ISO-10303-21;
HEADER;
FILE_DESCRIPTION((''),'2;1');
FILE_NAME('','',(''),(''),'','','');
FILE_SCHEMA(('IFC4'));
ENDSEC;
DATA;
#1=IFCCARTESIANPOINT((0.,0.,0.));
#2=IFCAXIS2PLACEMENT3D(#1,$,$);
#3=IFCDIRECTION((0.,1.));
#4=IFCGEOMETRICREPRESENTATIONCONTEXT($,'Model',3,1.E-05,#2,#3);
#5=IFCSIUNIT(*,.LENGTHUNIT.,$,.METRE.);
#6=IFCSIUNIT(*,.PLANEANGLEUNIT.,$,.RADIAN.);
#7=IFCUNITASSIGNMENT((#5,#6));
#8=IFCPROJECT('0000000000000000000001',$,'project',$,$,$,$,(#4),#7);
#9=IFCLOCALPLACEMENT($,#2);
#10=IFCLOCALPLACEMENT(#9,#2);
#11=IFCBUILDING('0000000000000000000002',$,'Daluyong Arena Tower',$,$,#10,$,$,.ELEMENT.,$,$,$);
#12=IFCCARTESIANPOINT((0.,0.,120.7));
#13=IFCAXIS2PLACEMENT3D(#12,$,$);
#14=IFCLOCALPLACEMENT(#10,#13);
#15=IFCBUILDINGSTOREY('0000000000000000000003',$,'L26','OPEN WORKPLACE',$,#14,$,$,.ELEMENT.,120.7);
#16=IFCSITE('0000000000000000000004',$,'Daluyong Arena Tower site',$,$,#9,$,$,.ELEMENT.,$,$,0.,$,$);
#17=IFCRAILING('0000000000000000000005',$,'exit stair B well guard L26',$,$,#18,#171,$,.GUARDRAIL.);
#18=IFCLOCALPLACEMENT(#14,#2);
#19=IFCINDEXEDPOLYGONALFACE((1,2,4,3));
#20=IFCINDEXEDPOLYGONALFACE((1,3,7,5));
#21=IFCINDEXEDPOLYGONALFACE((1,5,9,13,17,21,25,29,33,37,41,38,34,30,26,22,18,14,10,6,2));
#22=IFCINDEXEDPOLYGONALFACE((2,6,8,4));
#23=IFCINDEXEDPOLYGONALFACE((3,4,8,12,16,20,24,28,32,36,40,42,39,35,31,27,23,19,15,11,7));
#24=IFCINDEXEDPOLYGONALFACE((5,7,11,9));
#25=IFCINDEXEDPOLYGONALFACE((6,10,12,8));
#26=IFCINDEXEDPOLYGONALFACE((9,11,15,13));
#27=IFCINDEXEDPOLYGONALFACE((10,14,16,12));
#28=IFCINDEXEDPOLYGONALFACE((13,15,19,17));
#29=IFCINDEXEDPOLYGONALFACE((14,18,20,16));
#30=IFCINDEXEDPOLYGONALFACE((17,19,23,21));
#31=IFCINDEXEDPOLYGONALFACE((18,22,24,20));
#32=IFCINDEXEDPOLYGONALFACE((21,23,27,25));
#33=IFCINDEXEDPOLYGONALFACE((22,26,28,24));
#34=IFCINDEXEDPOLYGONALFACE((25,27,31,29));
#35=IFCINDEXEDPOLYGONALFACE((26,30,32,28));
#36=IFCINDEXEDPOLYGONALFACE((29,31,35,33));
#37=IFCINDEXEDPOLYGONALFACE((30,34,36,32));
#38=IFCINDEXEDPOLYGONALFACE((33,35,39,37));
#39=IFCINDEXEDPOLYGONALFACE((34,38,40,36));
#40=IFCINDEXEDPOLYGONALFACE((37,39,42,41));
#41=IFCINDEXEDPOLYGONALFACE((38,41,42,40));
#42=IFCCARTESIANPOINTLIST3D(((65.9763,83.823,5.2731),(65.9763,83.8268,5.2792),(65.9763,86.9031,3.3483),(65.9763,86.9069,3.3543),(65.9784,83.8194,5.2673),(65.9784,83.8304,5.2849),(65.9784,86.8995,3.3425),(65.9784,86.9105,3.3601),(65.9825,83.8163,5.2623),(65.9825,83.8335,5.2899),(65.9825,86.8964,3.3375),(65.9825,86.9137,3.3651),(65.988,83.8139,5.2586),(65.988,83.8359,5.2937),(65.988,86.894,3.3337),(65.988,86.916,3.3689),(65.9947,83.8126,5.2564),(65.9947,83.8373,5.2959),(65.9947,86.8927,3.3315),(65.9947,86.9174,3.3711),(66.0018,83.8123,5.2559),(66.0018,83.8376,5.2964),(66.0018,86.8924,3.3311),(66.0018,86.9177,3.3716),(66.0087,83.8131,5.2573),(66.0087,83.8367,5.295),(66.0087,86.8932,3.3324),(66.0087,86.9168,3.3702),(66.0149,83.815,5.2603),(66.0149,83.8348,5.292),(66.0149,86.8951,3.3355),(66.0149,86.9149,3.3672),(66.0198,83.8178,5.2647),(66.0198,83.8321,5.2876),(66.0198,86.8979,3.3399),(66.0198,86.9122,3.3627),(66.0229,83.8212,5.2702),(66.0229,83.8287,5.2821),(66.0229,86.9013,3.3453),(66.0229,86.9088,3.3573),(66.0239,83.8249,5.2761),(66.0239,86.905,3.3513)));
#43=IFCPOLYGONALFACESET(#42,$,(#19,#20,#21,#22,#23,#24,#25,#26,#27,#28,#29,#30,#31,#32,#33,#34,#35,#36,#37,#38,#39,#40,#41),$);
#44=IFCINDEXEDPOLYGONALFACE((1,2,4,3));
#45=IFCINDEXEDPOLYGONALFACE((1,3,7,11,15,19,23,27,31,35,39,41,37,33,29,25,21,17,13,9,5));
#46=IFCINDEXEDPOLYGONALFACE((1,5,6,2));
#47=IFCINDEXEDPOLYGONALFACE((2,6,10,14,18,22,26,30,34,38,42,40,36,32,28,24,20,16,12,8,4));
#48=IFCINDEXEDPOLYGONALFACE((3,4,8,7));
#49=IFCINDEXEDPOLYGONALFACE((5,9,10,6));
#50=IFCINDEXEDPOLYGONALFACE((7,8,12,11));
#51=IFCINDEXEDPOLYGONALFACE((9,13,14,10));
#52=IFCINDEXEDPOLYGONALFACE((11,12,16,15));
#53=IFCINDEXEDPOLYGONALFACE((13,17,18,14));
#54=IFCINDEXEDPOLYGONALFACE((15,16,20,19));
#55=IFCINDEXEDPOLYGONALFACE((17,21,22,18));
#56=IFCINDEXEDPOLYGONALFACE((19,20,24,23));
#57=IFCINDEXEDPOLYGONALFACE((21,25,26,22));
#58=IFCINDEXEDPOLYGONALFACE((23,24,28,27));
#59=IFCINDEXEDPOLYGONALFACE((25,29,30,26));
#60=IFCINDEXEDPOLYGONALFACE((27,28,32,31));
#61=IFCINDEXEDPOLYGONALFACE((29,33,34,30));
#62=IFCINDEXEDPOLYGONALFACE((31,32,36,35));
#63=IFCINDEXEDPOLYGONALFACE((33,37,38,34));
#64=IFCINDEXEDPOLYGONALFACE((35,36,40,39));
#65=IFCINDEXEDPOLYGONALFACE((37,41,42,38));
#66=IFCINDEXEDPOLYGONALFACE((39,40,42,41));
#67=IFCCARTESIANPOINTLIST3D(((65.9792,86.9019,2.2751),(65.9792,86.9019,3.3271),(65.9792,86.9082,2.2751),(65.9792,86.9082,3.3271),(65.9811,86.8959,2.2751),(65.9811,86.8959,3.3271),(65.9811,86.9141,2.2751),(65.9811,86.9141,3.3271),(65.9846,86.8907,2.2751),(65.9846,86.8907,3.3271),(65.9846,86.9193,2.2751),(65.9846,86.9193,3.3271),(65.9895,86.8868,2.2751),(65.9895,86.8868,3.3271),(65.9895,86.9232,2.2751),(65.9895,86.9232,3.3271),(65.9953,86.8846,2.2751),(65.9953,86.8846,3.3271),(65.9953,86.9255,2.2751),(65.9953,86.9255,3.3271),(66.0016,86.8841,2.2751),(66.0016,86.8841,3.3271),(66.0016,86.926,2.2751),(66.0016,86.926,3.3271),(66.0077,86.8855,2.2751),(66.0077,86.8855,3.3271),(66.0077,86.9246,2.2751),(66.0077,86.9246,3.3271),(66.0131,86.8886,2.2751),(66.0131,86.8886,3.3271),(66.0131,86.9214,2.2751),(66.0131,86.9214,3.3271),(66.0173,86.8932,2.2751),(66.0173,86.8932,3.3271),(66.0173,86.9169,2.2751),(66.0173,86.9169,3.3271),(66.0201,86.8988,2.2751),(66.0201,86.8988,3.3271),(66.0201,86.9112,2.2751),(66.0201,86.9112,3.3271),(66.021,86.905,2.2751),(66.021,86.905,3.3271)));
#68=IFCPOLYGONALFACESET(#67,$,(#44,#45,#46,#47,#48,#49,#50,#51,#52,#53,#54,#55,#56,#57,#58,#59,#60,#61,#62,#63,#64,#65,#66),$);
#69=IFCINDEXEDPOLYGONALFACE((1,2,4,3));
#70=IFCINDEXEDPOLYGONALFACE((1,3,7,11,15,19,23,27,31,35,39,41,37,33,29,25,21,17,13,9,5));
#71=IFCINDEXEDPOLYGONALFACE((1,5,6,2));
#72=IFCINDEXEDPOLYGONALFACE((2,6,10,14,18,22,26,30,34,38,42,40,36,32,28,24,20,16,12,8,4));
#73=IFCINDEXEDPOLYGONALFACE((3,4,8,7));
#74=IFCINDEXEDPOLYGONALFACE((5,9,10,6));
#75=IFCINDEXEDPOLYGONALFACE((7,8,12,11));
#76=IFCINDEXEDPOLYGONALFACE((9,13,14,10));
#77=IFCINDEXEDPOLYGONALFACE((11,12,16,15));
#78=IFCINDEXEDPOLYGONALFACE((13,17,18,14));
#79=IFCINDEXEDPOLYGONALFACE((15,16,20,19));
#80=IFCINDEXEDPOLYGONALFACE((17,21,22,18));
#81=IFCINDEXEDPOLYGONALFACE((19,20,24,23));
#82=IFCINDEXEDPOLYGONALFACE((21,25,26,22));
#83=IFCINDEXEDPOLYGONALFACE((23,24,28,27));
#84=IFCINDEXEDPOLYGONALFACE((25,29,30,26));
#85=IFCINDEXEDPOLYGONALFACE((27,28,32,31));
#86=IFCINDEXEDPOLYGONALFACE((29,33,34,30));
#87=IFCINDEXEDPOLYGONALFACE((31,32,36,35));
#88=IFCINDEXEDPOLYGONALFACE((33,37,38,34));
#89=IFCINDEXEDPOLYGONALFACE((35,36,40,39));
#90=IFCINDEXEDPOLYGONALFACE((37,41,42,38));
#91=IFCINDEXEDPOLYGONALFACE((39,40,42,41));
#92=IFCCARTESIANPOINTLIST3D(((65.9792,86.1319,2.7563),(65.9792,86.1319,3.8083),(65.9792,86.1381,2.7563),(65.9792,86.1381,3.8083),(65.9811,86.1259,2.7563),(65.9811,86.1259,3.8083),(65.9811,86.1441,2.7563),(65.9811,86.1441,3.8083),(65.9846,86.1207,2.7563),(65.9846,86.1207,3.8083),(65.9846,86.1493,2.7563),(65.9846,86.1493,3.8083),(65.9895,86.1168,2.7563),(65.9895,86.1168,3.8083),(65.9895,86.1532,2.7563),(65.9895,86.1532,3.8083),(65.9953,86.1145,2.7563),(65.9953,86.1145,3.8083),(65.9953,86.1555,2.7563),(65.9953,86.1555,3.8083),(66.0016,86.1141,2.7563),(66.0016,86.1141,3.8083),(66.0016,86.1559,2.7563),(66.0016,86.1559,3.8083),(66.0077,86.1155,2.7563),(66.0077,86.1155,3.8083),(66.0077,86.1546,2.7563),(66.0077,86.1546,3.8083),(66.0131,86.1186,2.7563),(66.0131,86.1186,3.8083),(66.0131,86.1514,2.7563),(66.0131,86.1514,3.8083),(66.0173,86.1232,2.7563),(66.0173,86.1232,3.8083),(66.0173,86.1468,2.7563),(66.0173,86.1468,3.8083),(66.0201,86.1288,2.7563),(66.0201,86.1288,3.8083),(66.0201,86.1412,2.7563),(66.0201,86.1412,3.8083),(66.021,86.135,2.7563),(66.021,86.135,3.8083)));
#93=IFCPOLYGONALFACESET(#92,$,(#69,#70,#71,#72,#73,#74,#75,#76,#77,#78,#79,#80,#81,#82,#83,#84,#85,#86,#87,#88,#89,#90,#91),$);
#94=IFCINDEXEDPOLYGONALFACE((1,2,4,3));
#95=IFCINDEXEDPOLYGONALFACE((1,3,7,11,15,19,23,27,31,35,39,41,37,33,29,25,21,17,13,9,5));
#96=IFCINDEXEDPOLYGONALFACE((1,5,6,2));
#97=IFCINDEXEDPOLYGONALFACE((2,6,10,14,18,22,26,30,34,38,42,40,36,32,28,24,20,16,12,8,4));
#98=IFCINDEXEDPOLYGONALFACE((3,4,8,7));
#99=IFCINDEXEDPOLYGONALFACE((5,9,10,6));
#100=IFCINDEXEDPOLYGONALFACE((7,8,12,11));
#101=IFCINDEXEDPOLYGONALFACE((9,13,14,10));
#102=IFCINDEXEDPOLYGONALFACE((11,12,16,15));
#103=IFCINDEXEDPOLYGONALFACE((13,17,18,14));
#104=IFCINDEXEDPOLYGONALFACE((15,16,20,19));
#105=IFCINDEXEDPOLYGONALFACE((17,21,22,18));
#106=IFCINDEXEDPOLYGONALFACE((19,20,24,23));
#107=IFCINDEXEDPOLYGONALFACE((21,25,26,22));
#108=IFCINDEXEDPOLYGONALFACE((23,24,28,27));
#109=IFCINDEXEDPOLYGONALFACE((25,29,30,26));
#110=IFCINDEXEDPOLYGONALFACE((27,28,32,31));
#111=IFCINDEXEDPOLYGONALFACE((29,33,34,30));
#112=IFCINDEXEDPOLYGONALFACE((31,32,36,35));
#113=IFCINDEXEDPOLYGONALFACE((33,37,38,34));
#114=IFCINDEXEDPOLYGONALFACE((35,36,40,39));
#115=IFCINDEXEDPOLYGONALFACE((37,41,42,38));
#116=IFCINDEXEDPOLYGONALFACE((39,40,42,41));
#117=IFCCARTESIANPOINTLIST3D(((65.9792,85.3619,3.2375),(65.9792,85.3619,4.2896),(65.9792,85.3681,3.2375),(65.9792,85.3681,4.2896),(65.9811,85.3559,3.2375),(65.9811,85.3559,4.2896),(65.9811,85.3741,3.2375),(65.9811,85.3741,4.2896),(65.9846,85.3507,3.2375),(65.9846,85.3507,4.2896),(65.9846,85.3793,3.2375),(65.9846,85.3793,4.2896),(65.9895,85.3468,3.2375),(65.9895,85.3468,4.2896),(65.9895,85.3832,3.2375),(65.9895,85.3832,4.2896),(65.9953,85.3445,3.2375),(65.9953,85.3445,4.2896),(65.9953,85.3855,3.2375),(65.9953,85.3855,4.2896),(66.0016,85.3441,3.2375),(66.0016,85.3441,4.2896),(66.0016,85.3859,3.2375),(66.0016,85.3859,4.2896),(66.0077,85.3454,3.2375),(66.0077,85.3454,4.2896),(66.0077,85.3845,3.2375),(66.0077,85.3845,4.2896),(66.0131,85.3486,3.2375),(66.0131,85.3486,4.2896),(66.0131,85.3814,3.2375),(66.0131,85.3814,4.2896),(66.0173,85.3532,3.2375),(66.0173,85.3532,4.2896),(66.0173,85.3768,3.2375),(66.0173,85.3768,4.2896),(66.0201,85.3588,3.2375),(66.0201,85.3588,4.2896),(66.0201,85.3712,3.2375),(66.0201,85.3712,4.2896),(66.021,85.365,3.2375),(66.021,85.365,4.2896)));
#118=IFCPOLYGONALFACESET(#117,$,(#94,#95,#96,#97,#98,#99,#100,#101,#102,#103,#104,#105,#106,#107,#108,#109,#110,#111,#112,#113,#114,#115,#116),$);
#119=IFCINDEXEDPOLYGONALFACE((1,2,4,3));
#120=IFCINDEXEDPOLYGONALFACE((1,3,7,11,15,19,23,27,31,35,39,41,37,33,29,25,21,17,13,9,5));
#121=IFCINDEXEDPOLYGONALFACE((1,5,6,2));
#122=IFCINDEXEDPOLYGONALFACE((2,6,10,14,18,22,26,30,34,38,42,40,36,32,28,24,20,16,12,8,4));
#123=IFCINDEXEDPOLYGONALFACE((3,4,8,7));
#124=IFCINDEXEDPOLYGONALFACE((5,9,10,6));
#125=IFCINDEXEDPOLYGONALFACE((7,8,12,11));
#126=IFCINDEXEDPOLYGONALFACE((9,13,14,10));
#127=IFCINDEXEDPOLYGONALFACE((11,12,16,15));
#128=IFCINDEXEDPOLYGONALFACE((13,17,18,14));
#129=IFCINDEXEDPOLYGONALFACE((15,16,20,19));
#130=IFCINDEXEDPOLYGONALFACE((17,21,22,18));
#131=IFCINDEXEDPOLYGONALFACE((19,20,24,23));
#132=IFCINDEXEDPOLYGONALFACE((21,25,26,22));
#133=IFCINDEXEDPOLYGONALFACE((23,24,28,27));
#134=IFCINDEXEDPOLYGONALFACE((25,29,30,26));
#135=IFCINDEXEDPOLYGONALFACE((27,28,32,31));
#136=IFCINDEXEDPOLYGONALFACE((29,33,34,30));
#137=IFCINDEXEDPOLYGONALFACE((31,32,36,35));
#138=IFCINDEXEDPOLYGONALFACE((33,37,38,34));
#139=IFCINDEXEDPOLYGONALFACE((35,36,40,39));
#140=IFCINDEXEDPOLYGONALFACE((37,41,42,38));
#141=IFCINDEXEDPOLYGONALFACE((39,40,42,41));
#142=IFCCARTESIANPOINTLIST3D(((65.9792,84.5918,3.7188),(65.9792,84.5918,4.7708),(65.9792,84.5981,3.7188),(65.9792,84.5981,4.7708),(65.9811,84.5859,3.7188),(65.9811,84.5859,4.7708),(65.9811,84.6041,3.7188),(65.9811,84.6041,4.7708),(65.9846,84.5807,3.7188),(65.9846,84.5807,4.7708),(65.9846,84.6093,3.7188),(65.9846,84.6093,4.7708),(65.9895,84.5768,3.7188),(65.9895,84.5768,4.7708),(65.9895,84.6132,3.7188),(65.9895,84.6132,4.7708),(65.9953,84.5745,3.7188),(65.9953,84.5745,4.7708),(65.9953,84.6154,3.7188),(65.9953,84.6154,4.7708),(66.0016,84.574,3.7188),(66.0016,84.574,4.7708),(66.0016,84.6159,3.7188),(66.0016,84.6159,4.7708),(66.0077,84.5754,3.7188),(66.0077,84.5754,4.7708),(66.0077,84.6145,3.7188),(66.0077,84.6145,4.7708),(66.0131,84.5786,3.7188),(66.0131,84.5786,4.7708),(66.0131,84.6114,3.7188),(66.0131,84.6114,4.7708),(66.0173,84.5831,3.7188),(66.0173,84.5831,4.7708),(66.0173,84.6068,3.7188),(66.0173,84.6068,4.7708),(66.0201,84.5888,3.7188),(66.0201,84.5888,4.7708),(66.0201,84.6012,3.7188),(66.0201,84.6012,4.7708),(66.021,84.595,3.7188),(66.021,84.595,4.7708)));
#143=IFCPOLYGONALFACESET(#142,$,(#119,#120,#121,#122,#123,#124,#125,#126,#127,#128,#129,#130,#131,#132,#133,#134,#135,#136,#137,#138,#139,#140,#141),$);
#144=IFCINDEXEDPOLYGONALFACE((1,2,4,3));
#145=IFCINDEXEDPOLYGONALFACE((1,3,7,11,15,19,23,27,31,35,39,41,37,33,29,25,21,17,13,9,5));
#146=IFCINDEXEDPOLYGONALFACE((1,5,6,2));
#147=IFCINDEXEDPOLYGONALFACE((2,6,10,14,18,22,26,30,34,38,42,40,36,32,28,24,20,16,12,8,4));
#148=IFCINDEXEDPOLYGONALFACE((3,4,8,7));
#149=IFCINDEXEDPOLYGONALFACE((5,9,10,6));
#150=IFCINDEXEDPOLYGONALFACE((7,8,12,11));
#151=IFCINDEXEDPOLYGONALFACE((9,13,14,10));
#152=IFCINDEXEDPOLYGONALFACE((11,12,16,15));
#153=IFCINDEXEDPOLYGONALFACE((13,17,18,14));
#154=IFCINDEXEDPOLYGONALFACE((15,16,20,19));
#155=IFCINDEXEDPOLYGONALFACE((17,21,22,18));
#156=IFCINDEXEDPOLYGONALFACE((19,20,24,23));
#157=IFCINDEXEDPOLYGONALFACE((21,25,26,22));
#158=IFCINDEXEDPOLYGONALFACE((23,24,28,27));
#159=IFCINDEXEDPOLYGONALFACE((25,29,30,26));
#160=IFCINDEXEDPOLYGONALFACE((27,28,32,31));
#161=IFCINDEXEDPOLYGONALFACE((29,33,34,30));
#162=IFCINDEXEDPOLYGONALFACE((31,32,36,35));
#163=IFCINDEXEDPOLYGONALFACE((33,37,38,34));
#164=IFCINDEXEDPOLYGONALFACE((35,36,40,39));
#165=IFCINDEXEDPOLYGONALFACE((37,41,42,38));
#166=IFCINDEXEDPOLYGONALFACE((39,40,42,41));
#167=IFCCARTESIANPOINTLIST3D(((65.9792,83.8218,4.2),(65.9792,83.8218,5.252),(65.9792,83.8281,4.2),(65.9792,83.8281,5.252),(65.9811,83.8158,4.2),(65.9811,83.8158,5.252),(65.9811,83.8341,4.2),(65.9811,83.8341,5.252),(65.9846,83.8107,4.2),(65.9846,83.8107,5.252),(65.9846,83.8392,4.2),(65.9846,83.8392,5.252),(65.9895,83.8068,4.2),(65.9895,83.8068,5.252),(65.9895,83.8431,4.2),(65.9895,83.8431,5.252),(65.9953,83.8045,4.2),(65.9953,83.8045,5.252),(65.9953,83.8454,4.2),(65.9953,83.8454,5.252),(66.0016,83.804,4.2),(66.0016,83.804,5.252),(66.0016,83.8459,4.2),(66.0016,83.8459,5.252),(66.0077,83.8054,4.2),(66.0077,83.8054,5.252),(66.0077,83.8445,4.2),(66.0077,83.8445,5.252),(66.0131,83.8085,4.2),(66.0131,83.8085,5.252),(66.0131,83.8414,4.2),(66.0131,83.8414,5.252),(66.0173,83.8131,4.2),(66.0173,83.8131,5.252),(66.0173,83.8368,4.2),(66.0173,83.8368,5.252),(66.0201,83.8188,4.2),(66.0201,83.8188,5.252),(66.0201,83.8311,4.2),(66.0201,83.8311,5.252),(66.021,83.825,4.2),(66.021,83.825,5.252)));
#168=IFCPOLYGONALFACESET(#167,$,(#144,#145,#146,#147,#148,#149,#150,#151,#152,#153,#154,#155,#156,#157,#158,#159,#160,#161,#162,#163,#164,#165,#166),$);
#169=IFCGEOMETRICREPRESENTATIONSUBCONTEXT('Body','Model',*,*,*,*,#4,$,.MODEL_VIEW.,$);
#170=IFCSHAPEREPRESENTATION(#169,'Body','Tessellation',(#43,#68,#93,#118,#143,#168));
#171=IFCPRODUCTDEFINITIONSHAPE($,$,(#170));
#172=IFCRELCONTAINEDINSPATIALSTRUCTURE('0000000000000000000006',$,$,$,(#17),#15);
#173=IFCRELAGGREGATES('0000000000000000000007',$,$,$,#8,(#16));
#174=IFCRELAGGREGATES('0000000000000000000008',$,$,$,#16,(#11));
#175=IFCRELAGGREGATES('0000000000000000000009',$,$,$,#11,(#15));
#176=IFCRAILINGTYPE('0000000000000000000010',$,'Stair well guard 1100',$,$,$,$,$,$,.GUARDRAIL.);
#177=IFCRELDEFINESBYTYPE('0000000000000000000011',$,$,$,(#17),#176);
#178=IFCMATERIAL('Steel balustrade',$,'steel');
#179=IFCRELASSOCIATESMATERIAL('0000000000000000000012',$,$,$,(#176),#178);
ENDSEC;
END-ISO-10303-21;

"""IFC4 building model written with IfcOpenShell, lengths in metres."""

from ifc_helpers import new_model, si_unit, direction, frame, origin, origin_2d, place, context, subcontext, project, spatial, circle, extrude, material, type_object, element, save


model = new_model("IFC4")

# Units and contexts
model_context = context("Model", 3, precision=1e-05, world=origin(), true_north=direction((0.0, 1.0)))
body_context = subcontext(model_context, "Body", "Model", "MODEL_VIEW")
ifc_project = project(units=[si_unit("LENGTHUNIT", "METRE"), si_unit("PLANEANGLEUNIT", "RADIAN")], contexts=[model_context])

# Site, building, storey
site_placement = place(None, origin())
site = spatial("IfcSite", under=ifc_project, at=site_placement, Name="Daluyong Arena Tower site", CompositionType="ELEMENT", RefElevation=0.0)
building_placement = place(site_placement, origin())
building = spatial("IfcBuilding", under=site, at=building_placement, Name="Daluyong Arena Tower", CompositionType="ELEMENT")
storey_placement = place(building_placement, frame((0.0, 0.0, 120.7)))
storey = spatial("IfcBuildingStorey", under=building, at=storey_placement, Name="L26", Description="OPEN WORKPLACE", CompositionType="ELEMENT", Elevation=120.7)

# Railing
ifc_material_1 = material(Name="Steel balustrade", Category="steel")
railing_type_1 = type_object("IfcRailingType", Name="Stair well guard 1100", PredefinedType="GUARDRAIL", material=ifc_material_1)
railing_1_placement = place(storey_placement, frame((66.0, 86.905, 2.2751)))
element("IfcRailing", 1, at=railing_1_placement, inside=storey, type_object=railing_type_1, Name="exit stair B well guard L26", PredefinedType="GUARDRAIL", context=body_context, shape_type="SweptSolid", body=[
    extrude(circle(Radius=0.0239, at=origin_2d()), frame((0.0, 0.0, 1.0762), z_axis=(0.0, -0.848029, 0.529951), x_axis=(1.0, 0.0, 0.0)), (0.0, 0.0, 1.0), 3.6321),
    extrude(circle(Radius=0.021, at=origin_2d()), origin(), (0.0, 0.0, 1.0), 1.052),
    extrude(circle(Radius=0.021, at=origin_2d()), frame((0.0, -0.77, 0.4812)), (0.0, 0.0, 1.0), 1.052),
    extrude(circle(Radius=0.021, at=origin_2d()), frame((0.0, -1.54, 0.9624)), (0.0, 0.0, 1.0), 1.052),
    extrude(circle(Radius=0.021, at=origin_2d()), frame((0.0, -2.3101, 1.4436)), (0.0, 0.0, 1.0), 1.052),
    extrude(circle(Radius=0.021, at=origin_2d()), frame((0.0, -3.0801, 1.9248)), (0.0, 0.0, 1.0), 1.052),
])

save(model, "model.ifc")
